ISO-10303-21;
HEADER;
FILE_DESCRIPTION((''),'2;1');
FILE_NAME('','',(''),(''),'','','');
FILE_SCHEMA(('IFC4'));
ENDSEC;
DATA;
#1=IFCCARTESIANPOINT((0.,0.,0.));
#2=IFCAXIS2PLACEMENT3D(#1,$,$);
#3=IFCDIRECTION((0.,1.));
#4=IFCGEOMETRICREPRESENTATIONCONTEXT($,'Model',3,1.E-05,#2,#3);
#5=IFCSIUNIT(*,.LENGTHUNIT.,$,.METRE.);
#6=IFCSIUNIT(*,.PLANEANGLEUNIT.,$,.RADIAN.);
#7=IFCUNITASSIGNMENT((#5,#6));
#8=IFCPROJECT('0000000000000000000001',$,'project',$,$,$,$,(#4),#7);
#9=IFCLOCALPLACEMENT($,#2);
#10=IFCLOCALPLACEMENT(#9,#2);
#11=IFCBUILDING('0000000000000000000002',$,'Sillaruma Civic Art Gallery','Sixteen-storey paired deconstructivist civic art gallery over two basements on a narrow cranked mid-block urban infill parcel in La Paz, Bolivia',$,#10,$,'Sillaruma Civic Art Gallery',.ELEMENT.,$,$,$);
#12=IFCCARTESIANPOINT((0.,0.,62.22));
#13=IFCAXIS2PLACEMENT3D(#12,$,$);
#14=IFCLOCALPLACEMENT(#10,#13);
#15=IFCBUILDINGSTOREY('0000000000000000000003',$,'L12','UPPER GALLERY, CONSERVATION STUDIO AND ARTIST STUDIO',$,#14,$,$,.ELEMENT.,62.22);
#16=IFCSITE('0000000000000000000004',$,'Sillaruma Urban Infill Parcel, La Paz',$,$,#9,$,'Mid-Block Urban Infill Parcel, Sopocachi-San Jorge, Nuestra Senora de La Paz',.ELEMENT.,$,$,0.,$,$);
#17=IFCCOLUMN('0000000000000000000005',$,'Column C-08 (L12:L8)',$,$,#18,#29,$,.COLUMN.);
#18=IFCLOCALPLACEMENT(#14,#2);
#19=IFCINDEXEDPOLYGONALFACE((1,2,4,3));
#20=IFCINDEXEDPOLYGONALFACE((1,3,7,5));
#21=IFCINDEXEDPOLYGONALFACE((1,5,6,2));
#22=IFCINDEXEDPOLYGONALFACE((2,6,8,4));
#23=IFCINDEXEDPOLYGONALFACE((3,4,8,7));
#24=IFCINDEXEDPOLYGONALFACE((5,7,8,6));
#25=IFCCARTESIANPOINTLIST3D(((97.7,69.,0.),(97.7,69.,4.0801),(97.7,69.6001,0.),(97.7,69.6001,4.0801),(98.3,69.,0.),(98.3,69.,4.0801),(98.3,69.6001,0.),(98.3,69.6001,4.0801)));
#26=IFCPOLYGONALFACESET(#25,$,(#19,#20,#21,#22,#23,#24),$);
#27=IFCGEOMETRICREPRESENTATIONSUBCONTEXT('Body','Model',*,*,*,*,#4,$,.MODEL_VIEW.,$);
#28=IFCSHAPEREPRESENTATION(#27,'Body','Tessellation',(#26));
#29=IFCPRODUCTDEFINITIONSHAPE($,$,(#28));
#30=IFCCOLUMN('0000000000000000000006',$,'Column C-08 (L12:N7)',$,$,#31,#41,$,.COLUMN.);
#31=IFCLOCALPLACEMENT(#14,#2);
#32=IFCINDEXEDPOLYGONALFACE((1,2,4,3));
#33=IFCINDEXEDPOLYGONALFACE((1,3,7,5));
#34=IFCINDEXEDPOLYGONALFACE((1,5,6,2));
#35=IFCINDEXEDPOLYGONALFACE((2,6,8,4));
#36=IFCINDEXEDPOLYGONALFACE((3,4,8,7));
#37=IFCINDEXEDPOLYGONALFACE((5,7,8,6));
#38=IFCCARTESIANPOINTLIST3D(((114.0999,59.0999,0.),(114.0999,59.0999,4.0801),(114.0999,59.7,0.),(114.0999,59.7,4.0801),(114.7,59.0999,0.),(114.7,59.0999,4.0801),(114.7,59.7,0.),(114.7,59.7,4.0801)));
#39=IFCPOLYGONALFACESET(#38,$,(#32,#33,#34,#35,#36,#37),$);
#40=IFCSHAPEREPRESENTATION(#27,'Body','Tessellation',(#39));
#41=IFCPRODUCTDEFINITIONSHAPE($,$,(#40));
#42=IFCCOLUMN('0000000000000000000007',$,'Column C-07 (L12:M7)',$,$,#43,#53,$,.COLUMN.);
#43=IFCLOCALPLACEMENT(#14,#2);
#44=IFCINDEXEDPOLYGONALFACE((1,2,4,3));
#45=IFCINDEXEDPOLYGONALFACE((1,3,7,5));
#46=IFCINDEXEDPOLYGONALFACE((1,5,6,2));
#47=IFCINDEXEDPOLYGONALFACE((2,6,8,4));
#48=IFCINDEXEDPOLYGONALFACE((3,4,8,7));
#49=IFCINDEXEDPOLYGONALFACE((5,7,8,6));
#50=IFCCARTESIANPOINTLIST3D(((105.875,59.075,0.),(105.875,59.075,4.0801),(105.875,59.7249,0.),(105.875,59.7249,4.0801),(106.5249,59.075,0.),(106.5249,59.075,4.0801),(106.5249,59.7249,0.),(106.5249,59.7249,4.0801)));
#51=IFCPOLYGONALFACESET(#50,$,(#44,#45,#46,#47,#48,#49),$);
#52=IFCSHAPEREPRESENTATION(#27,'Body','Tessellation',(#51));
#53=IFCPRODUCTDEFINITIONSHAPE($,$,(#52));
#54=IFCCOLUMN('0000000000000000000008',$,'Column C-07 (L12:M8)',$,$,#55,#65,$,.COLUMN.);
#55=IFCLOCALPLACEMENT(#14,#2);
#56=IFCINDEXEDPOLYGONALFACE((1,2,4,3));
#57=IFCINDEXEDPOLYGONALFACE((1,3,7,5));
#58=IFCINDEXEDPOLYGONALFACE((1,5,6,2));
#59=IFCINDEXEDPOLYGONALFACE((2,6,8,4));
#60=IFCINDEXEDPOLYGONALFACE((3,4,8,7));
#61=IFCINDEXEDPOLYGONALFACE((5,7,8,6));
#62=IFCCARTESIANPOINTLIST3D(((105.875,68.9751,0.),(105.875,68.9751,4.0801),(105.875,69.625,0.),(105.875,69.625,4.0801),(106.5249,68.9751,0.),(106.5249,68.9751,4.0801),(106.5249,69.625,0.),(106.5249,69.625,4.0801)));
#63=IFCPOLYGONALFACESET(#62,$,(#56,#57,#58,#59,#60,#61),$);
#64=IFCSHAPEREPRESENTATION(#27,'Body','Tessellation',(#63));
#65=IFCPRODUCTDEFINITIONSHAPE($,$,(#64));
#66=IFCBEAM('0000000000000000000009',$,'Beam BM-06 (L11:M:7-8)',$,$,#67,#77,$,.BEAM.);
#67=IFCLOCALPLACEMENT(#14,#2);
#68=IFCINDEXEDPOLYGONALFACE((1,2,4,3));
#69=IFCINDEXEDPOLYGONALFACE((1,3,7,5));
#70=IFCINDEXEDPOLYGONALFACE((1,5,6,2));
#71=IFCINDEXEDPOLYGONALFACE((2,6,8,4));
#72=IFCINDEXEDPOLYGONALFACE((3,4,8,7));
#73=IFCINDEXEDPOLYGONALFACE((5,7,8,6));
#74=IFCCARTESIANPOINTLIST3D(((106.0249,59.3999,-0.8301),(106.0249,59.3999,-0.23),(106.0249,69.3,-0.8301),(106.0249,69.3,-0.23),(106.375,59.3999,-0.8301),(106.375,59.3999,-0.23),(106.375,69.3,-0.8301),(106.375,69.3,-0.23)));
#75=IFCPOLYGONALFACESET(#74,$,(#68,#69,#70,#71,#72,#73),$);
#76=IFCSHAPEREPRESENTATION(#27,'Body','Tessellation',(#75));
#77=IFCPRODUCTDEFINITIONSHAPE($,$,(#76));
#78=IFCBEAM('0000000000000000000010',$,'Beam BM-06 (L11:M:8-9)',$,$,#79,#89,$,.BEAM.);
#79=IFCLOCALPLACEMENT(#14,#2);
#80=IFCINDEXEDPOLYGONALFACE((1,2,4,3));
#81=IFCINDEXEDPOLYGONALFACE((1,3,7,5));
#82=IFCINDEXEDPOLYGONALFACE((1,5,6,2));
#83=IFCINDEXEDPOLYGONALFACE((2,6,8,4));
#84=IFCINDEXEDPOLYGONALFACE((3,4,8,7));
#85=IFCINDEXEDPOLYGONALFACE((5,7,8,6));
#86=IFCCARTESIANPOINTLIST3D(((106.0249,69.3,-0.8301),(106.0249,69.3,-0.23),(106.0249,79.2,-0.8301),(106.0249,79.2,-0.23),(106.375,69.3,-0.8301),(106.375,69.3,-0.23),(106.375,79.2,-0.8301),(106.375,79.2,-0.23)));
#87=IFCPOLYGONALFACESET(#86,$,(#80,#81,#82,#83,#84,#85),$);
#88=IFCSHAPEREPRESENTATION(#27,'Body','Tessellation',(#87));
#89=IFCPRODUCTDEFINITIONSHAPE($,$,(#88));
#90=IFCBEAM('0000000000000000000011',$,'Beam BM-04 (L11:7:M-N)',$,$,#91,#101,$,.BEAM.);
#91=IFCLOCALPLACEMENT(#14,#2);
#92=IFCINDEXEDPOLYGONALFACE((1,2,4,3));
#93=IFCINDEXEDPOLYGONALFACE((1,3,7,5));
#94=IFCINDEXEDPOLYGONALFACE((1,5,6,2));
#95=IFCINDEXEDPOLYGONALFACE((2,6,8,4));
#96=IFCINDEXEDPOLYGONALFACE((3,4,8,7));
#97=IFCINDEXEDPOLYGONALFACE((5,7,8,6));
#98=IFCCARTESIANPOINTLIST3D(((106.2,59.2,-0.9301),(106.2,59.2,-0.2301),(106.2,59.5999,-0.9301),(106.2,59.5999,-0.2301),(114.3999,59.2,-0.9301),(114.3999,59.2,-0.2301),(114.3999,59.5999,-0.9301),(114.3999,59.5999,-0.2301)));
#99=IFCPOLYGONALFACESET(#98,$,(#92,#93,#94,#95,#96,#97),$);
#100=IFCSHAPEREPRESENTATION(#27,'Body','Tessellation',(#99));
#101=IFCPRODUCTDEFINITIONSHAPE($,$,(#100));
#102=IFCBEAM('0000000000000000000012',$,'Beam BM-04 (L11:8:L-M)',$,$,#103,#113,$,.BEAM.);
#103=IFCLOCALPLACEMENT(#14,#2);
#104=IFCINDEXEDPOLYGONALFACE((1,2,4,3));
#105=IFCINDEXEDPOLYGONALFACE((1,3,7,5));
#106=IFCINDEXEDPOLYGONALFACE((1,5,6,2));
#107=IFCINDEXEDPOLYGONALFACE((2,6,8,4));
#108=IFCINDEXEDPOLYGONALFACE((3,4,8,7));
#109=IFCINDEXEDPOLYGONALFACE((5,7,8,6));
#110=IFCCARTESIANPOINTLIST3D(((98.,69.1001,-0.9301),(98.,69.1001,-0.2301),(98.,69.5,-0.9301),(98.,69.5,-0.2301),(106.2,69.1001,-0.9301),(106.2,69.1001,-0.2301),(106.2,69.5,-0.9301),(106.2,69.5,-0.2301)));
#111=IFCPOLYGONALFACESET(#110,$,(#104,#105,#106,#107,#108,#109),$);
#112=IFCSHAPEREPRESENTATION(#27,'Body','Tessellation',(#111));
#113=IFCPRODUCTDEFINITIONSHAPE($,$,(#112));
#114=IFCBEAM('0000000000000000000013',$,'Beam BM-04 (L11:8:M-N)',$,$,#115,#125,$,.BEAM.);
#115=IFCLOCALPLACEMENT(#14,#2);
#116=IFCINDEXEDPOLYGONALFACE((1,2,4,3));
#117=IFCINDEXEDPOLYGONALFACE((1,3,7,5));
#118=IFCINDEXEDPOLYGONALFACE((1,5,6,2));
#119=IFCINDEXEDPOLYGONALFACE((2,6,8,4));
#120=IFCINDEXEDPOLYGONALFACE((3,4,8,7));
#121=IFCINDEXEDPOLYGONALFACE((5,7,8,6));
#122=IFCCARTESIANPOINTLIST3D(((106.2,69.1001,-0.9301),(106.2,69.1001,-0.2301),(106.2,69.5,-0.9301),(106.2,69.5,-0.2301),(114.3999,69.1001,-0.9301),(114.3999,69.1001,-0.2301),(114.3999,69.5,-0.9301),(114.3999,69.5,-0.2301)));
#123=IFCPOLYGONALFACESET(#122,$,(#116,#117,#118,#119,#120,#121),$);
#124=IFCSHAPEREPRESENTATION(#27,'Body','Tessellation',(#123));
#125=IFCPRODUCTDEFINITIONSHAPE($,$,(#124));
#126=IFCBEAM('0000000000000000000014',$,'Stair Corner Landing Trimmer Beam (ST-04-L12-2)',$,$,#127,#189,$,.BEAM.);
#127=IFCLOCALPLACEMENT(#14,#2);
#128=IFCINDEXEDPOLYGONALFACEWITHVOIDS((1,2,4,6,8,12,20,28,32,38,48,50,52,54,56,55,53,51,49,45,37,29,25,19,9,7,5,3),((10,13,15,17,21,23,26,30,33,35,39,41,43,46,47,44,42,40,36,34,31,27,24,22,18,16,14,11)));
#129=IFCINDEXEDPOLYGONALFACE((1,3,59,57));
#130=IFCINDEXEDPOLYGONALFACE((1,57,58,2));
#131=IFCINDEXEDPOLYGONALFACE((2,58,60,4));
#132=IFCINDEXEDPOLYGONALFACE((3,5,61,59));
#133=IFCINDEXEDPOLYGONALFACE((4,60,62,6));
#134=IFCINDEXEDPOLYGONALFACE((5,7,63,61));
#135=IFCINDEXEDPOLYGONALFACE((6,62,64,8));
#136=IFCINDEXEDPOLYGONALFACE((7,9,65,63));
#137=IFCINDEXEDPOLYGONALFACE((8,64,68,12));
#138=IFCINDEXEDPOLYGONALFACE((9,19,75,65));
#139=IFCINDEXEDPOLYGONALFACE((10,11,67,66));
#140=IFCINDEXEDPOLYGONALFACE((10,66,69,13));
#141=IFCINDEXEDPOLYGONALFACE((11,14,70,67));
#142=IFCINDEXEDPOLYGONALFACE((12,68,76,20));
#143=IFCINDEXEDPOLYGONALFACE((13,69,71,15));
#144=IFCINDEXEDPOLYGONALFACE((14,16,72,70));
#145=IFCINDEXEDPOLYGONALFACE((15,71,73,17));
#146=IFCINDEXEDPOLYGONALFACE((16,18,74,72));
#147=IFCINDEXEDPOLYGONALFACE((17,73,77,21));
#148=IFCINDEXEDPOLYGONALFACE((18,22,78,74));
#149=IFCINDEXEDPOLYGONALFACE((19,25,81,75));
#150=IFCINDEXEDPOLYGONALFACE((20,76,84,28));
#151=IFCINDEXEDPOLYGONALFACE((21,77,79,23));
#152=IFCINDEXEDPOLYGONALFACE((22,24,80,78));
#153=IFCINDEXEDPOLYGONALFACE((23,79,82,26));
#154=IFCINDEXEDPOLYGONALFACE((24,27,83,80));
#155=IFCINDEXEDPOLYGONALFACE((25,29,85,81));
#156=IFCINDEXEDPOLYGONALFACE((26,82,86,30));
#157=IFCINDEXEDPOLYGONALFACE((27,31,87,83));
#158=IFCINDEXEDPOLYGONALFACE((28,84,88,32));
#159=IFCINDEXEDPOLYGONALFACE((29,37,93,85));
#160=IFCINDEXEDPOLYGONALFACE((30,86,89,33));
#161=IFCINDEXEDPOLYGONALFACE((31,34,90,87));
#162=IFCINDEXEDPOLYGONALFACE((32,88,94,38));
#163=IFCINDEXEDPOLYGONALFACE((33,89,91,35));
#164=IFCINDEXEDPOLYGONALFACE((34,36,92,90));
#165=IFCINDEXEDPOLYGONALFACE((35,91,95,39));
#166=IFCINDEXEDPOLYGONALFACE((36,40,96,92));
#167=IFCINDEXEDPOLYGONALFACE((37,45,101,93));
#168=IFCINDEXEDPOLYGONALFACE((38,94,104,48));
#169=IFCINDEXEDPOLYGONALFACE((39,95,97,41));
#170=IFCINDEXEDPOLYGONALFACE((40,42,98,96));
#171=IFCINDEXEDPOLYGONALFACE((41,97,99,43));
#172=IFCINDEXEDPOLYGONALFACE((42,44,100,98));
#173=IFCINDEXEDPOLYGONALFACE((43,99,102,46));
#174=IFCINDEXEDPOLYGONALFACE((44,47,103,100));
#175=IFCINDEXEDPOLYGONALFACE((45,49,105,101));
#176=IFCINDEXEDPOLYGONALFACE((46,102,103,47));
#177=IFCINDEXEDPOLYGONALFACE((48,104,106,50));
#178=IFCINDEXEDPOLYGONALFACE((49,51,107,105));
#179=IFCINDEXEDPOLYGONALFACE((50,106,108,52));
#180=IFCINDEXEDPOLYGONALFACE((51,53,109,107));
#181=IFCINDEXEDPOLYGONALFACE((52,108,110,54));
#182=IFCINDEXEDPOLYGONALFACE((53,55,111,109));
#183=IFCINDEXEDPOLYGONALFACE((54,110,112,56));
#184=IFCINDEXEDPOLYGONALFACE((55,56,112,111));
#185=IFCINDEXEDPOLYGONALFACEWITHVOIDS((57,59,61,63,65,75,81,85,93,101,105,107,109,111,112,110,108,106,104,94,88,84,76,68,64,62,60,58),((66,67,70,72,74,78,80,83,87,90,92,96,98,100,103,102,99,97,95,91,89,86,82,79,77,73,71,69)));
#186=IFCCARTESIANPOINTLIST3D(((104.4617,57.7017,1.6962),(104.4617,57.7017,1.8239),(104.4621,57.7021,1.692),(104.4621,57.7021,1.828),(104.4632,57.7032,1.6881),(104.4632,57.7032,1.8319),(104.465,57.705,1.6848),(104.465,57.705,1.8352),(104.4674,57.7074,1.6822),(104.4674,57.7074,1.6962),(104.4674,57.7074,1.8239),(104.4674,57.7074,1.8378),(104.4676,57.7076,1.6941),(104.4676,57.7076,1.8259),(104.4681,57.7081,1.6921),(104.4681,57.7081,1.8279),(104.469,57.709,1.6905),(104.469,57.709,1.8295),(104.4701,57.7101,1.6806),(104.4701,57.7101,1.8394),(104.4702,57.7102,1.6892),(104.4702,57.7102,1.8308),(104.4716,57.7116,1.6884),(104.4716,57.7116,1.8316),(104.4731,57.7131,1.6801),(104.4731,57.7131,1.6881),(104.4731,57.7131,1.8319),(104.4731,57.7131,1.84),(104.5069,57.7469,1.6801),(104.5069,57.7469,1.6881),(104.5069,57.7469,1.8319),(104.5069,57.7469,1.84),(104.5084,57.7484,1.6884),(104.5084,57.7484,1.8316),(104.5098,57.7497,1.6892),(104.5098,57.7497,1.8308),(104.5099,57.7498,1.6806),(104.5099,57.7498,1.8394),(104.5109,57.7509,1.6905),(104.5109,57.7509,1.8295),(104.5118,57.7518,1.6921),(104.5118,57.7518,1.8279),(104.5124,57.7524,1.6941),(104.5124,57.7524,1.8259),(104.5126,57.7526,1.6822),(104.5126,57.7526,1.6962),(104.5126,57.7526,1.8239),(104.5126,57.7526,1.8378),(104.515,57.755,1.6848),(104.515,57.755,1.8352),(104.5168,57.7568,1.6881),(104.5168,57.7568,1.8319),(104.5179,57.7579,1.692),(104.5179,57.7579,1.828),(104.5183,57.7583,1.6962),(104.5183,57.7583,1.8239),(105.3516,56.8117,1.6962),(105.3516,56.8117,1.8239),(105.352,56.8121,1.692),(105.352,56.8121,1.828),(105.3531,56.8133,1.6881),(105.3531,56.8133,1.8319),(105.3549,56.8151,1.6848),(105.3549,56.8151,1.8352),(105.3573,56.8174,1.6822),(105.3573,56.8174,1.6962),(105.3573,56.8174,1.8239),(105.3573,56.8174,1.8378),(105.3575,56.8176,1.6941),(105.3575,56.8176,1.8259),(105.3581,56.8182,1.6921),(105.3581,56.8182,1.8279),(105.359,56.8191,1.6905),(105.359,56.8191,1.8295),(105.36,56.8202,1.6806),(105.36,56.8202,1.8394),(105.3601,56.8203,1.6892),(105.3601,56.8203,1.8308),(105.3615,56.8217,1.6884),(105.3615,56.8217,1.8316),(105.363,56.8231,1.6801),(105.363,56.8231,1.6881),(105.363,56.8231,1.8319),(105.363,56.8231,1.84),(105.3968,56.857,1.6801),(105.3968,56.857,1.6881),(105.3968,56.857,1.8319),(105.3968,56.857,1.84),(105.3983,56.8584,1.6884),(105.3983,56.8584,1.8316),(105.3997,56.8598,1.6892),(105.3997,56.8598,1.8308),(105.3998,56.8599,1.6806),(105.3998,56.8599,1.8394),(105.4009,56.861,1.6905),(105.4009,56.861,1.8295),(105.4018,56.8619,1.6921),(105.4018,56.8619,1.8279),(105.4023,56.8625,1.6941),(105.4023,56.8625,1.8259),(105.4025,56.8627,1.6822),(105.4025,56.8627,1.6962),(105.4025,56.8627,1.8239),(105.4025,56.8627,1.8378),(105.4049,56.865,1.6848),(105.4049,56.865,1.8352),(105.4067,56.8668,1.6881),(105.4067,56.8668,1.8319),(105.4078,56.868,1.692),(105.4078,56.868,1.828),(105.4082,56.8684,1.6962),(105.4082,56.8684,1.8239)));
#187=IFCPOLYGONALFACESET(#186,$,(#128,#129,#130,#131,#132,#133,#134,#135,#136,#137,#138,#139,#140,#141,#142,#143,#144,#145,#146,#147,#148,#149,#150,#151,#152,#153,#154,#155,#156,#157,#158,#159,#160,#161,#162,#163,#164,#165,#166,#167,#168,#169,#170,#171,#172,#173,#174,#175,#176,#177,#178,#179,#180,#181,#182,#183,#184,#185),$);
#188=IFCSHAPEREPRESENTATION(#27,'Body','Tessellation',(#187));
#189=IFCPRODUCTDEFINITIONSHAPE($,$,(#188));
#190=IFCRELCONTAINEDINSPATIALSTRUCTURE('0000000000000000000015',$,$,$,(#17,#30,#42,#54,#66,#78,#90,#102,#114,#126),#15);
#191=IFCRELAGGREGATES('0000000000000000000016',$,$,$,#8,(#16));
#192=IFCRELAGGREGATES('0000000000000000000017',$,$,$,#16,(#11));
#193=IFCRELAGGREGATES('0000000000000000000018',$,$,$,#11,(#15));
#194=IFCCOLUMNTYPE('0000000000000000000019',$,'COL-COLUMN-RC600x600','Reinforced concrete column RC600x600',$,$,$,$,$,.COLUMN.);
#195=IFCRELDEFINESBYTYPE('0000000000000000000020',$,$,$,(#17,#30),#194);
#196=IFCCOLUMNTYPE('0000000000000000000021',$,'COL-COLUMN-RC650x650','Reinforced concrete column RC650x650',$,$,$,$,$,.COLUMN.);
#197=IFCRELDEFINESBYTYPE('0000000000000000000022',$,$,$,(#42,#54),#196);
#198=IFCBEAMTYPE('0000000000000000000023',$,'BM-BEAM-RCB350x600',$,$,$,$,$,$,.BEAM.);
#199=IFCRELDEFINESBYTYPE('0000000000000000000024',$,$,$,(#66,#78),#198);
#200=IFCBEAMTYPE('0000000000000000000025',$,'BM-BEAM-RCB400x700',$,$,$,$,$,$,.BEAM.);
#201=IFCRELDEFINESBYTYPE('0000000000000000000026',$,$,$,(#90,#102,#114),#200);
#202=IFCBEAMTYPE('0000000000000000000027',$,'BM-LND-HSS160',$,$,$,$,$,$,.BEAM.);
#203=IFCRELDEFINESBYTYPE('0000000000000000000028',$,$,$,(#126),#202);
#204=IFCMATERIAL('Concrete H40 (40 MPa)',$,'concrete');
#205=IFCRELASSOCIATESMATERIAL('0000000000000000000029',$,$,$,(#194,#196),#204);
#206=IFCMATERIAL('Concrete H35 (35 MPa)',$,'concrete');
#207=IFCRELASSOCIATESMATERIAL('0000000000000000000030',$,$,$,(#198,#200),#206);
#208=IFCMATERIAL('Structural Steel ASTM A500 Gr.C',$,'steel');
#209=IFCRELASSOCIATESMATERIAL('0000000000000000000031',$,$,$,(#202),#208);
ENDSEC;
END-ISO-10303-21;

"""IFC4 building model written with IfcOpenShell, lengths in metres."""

from ifc_helpers import new_model, si_unit, direction, frame, origin, origin_2d, place, context, subcontext, project, spatial, rectangle, hollow_rectangle, extrude, material, material_profile, profile_set, type_object, element, save


model = new_model("IFC4")

# Units and contexts
model_context = context("Model", 3, precision=1e-05, world=origin(), true_north=direction((0.0, 1.0)))
body_context = subcontext(model_context, "Body", "Model", "MODEL_VIEW")
ifc_project = project(units=[si_unit("LENGTHUNIT", "METRE"), si_unit("PLANEANGLEUNIT", "RADIAN")], contexts=[model_context])

# Site, building, storey
site_placement = place(None, origin())
site = spatial("IfcSite", under=ifc_project, at=site_placement, Name="Sillaruma Urban Infill Parcel, La Paz", LongName="Mid-Block Urban Infill Parcel, Sopocachi-San Jorge, Nuestra Senora de La Paz", CompositionType="ELEMENT", RefElevation=0.0)
building_placement = place(site_placement, origin())
building = spatial("IfcBuilding", under=site, at=building_placement, Name="Sillaruma Civic Art Gallery", Description="Sixteen-storey paired deconstructivist civic art gallery over two basements on a narrow cranked mid-block urban infill parcel in La Paz, Bolivia", LongName="Sillaruma Civic Art Gallery", CompositionType="ELEMENT")
storey_placement = place(building_placement, frame((0.0, 0.0, 62.22)))
storey = spatial("IfcBuildingStorey", under=building, at=storey_placement, Name="L12", Description="UPPER GALLERY, CONSERVATION STUDIO AND ARTIST STUDIO", CompositionType="ELEMENT", Elevation=62.22)

# Columns
ifc_material_1 = material(Name="Concrete H40 (40 MPa)", Category="concrete")
ifc_material_profile_1 = material_profile(ifc_material_1, rectangle(XDim=0.6001, YDim=0.6001, at=origin_2d()), Name="RC600x600")
ifc_profile_set_1 = profile_set([ifc_material_profile_1], Name="Concrete H40 (40 MPa)")
column_type_1 = type_object("IfcColumnType", Name="COL-COLUMN-RC600x600", Description="Reinforced concrete column RC600x600", PredefinedType="COLUMN", material=ifc_profile_set_1)
for number, where, z_axis, x_axis, name in (
    (1, (98.0, 69.3, 0.0), (0.0, 0.0, 1.0), (1.0, 0.0, 0.0), "Column C-08 (L12:L8)"),
    (2, (114.3999, 59.3999, 0.0), (0.0, 0.0, 1.0), (1.0, 0.0, 0.0), "Column C-08 (L12:N7)"),
):
    element("IfcColumn", number, at=place(storey_placement, frame(where, z_axis=z_axis, x_axis=x_axis)), inside=storey, type_object=column_type_1, Name=name, PredefinedType="COLUMN", context=body_context, shape_type="SweptSolid", body=[
        extrude(rectangle(XDim=0.6001, YDim=0.6001, at=origin_2d()), origin(), (0.0, 0.0, 1.0), 4.0801),
    ])
ifc_material_profile_2 = material_profile(ifc_material_1, rectangle(XDim=0.6499, YDim=0.6499, at=origin_2d()), Name="RC650x650")
ifc_profile_set_2 = profile_set([ifc_material_profile_2], Name="Concrete H40 (40 MPa)")
column_type_2 = type_object("IfcColumnType", Name="COL-COLUMN-RC650x650", Description="Reinforced concrete column RC650x650", PredefinedType="COLUMN", material=ifc_profile_set_2)
for number, where, z_axis, x_axis, name in (
    (3, (106.2, 59.3999, 0.0), (0.0, 0.0, 1.0), (1.0, 0.0, 0.0), "Column C-07 (L12:M7)"),
    (4, (106.2, 69.3, 0.0), (0.0, 0.0, 1.0), (1.0, 0.0, 0.0), "Column C-07 (L12:M8)"),
):
    element("IfcColumn", number, at=place(storey_placement, frame(where, z_axis=z_axis, x_axis=x_axis)), inside=storey, type_object=column_type_2, Name=name, PredefinedType="COLUMN", context=body_context, shape_type="SweptSolid", body=[
        extrude(rectangle(XDim=0.6499, YDim=0.6499, at=origin_2d()), origin(), (0.0, 0.0, 1.0), 4.0801),
    ])

# Beams
ifc_material_2 = material(Name="Concrete H35 (35 MPa)", Category="concrete")
ifc_material_profile_3 = material_profile(ifc_material_2, rectangle(XDim=0.3501, YDim=0.6001, at=origin_2d()), Name="RCB350x600")
ifc_profile_set_3 = profile_set([ifc_material_profile_3], Name="Concrete H35 (35 MPa)")
beam_type_1 = type_object("IfcBeamType", Name="BM-BEAM-RCB350x600", PredefinedType="BEAM", material=ifc_profile_set_3)
beam_1_placement = place(storey_placement, frame((106.2, 59.3999, -0.53), z_axis=(0.0, 1.0, 0.0), x_axis=(-1.0, 0.0, 0.0)))
element("IfcBeam", 5, at=beam_1_placement, inside=storey, type_object=beam_type_1, Name="Beam BM-06 (L11:M:7-8)", PredefinedType="BEAM", context=body_context, shape_type="SweptSolid", body=[
    extrude(rectangle(XDim=0.3501, YDim=0.6001, at=origin_2d()), origin(), (0.0, 0.0, 1.0), 9.9001),
])
beam_2_placement = place(storey_placement, frame((106.2, 69.3, -0.53), z_axis=(0.0, 1.0, 0.0), x_axis=(-1.0, 0.0, 0.0)))
element("IfcBeam", 6, at=beam_2_placement, inside=storey, type_object=beam_type_1, Name="Beam BM-06 (L11:M:8-9)", PredefinedType="BEAM", context=body_context, shape_type="SweptSolid", body=[
    extrude(rectangle(XDim=0.3501, YDim=0.6001, at=origin_2d()), origin(), (0.0, 0.0, 1.0), 9.8999),
])
ifc_material_profile_4 = material_profile(ifc_material_2, rectangle(XDim=0.3999, YDim=0.7, at=origin_2d()), Name="RCB400x700")
ifc_profile_set_4 = profile_set([ifc_material_profile_4], Name="Concrete H35 (35 MPa)")
beam_type_2 = type_object("IfcBeamType", Name="BM-BEAM-RCB400x700", PredefinedType="BEAM", material=ifc_profile_set_4)
for number, where, z_axis, x_axis, name in (
    (7, (106.2, 59.3999, -0.5801), (1.0, 0.0, 0.0), (0.0, 1.0, 0.0), "Beam BM-04 (L11:7:M-N)"),
    (8, (98.0, 69.3, -0.5801), (1.0, 0.0, 0.0), (0.0, 1.0, 0.0), "Beam BM-04 (L11:8:L-M)"),
    (9, (106.2, 69.3, -0.5801), (1.0, 0.0, 0.0), (0.0, 1.0, 0.0), "Beam BM-04 (L11:8:M-N)"),
):
    element("IfcBeam", number, at=place(storey_placement, frame(where, z_axis=z_axis, x_axis=x_axis)), inside=storey, type_object=beam_type_2, Name=name, PredefinedType="BEAM", context=body_context, shape_type="SweptSolid", body=[
        extrude(rectangle(XDim=0.3999, YDim=0.7, at=origin_2d()), origin(), (0.0, 0.0, 1.0), 8.2),
    ])
ifc_material_3 = material(Name="Structural Steel ASTM A500 Gr.C", Category="steel")
ifc_material_profile_5 = material_profile(ifc_material_3, hollow_rectangle(XDim=0.0801, YDim=0.1599, WallThickness=0.0081, InnerFilletRadius=0.0081, OuterFilletRadius=0.0161, at=origin_2d()), Name="HSS160x80x8")
ifc_profile_set_5 = profile_set([ifc_material_profile_5], Name="Structural Steel ASTM A500 Gr.C")
beam_type_3 = type_object("IfcBeamType", Name="BM-LND-HSS160", PredefinedType="BEAM", material=ifc_profile_set_5)
beam_3_placement = place(storey_placement, frame((104.49, 57.73, 1.76), z_axis=(0.707107, -0.707107, 0.0), x_axis=(0.707107, 0.707107, 0.0)))
element("IfcBeam", 10, at=beam_3_placement, inside=storey, type_object=beam_type_3, Name="Stair Corner Landing Trimmer Beam (ST-04-L12-2)", PredefinedType="BEAM", context=body_context, shape_type="SweptSolid", body=[
    extrude(hollow_rectangle(XDim=0.0801, YDim=0.1599, WallThickness=0.0081, InnerFilletRadius=0.0081, OuterFilletRadius=0.0161, at=origin_2d()), origin(), (0.0, 0.0, 1.0), 1.2585),
])

save(model, "model.ifc")
